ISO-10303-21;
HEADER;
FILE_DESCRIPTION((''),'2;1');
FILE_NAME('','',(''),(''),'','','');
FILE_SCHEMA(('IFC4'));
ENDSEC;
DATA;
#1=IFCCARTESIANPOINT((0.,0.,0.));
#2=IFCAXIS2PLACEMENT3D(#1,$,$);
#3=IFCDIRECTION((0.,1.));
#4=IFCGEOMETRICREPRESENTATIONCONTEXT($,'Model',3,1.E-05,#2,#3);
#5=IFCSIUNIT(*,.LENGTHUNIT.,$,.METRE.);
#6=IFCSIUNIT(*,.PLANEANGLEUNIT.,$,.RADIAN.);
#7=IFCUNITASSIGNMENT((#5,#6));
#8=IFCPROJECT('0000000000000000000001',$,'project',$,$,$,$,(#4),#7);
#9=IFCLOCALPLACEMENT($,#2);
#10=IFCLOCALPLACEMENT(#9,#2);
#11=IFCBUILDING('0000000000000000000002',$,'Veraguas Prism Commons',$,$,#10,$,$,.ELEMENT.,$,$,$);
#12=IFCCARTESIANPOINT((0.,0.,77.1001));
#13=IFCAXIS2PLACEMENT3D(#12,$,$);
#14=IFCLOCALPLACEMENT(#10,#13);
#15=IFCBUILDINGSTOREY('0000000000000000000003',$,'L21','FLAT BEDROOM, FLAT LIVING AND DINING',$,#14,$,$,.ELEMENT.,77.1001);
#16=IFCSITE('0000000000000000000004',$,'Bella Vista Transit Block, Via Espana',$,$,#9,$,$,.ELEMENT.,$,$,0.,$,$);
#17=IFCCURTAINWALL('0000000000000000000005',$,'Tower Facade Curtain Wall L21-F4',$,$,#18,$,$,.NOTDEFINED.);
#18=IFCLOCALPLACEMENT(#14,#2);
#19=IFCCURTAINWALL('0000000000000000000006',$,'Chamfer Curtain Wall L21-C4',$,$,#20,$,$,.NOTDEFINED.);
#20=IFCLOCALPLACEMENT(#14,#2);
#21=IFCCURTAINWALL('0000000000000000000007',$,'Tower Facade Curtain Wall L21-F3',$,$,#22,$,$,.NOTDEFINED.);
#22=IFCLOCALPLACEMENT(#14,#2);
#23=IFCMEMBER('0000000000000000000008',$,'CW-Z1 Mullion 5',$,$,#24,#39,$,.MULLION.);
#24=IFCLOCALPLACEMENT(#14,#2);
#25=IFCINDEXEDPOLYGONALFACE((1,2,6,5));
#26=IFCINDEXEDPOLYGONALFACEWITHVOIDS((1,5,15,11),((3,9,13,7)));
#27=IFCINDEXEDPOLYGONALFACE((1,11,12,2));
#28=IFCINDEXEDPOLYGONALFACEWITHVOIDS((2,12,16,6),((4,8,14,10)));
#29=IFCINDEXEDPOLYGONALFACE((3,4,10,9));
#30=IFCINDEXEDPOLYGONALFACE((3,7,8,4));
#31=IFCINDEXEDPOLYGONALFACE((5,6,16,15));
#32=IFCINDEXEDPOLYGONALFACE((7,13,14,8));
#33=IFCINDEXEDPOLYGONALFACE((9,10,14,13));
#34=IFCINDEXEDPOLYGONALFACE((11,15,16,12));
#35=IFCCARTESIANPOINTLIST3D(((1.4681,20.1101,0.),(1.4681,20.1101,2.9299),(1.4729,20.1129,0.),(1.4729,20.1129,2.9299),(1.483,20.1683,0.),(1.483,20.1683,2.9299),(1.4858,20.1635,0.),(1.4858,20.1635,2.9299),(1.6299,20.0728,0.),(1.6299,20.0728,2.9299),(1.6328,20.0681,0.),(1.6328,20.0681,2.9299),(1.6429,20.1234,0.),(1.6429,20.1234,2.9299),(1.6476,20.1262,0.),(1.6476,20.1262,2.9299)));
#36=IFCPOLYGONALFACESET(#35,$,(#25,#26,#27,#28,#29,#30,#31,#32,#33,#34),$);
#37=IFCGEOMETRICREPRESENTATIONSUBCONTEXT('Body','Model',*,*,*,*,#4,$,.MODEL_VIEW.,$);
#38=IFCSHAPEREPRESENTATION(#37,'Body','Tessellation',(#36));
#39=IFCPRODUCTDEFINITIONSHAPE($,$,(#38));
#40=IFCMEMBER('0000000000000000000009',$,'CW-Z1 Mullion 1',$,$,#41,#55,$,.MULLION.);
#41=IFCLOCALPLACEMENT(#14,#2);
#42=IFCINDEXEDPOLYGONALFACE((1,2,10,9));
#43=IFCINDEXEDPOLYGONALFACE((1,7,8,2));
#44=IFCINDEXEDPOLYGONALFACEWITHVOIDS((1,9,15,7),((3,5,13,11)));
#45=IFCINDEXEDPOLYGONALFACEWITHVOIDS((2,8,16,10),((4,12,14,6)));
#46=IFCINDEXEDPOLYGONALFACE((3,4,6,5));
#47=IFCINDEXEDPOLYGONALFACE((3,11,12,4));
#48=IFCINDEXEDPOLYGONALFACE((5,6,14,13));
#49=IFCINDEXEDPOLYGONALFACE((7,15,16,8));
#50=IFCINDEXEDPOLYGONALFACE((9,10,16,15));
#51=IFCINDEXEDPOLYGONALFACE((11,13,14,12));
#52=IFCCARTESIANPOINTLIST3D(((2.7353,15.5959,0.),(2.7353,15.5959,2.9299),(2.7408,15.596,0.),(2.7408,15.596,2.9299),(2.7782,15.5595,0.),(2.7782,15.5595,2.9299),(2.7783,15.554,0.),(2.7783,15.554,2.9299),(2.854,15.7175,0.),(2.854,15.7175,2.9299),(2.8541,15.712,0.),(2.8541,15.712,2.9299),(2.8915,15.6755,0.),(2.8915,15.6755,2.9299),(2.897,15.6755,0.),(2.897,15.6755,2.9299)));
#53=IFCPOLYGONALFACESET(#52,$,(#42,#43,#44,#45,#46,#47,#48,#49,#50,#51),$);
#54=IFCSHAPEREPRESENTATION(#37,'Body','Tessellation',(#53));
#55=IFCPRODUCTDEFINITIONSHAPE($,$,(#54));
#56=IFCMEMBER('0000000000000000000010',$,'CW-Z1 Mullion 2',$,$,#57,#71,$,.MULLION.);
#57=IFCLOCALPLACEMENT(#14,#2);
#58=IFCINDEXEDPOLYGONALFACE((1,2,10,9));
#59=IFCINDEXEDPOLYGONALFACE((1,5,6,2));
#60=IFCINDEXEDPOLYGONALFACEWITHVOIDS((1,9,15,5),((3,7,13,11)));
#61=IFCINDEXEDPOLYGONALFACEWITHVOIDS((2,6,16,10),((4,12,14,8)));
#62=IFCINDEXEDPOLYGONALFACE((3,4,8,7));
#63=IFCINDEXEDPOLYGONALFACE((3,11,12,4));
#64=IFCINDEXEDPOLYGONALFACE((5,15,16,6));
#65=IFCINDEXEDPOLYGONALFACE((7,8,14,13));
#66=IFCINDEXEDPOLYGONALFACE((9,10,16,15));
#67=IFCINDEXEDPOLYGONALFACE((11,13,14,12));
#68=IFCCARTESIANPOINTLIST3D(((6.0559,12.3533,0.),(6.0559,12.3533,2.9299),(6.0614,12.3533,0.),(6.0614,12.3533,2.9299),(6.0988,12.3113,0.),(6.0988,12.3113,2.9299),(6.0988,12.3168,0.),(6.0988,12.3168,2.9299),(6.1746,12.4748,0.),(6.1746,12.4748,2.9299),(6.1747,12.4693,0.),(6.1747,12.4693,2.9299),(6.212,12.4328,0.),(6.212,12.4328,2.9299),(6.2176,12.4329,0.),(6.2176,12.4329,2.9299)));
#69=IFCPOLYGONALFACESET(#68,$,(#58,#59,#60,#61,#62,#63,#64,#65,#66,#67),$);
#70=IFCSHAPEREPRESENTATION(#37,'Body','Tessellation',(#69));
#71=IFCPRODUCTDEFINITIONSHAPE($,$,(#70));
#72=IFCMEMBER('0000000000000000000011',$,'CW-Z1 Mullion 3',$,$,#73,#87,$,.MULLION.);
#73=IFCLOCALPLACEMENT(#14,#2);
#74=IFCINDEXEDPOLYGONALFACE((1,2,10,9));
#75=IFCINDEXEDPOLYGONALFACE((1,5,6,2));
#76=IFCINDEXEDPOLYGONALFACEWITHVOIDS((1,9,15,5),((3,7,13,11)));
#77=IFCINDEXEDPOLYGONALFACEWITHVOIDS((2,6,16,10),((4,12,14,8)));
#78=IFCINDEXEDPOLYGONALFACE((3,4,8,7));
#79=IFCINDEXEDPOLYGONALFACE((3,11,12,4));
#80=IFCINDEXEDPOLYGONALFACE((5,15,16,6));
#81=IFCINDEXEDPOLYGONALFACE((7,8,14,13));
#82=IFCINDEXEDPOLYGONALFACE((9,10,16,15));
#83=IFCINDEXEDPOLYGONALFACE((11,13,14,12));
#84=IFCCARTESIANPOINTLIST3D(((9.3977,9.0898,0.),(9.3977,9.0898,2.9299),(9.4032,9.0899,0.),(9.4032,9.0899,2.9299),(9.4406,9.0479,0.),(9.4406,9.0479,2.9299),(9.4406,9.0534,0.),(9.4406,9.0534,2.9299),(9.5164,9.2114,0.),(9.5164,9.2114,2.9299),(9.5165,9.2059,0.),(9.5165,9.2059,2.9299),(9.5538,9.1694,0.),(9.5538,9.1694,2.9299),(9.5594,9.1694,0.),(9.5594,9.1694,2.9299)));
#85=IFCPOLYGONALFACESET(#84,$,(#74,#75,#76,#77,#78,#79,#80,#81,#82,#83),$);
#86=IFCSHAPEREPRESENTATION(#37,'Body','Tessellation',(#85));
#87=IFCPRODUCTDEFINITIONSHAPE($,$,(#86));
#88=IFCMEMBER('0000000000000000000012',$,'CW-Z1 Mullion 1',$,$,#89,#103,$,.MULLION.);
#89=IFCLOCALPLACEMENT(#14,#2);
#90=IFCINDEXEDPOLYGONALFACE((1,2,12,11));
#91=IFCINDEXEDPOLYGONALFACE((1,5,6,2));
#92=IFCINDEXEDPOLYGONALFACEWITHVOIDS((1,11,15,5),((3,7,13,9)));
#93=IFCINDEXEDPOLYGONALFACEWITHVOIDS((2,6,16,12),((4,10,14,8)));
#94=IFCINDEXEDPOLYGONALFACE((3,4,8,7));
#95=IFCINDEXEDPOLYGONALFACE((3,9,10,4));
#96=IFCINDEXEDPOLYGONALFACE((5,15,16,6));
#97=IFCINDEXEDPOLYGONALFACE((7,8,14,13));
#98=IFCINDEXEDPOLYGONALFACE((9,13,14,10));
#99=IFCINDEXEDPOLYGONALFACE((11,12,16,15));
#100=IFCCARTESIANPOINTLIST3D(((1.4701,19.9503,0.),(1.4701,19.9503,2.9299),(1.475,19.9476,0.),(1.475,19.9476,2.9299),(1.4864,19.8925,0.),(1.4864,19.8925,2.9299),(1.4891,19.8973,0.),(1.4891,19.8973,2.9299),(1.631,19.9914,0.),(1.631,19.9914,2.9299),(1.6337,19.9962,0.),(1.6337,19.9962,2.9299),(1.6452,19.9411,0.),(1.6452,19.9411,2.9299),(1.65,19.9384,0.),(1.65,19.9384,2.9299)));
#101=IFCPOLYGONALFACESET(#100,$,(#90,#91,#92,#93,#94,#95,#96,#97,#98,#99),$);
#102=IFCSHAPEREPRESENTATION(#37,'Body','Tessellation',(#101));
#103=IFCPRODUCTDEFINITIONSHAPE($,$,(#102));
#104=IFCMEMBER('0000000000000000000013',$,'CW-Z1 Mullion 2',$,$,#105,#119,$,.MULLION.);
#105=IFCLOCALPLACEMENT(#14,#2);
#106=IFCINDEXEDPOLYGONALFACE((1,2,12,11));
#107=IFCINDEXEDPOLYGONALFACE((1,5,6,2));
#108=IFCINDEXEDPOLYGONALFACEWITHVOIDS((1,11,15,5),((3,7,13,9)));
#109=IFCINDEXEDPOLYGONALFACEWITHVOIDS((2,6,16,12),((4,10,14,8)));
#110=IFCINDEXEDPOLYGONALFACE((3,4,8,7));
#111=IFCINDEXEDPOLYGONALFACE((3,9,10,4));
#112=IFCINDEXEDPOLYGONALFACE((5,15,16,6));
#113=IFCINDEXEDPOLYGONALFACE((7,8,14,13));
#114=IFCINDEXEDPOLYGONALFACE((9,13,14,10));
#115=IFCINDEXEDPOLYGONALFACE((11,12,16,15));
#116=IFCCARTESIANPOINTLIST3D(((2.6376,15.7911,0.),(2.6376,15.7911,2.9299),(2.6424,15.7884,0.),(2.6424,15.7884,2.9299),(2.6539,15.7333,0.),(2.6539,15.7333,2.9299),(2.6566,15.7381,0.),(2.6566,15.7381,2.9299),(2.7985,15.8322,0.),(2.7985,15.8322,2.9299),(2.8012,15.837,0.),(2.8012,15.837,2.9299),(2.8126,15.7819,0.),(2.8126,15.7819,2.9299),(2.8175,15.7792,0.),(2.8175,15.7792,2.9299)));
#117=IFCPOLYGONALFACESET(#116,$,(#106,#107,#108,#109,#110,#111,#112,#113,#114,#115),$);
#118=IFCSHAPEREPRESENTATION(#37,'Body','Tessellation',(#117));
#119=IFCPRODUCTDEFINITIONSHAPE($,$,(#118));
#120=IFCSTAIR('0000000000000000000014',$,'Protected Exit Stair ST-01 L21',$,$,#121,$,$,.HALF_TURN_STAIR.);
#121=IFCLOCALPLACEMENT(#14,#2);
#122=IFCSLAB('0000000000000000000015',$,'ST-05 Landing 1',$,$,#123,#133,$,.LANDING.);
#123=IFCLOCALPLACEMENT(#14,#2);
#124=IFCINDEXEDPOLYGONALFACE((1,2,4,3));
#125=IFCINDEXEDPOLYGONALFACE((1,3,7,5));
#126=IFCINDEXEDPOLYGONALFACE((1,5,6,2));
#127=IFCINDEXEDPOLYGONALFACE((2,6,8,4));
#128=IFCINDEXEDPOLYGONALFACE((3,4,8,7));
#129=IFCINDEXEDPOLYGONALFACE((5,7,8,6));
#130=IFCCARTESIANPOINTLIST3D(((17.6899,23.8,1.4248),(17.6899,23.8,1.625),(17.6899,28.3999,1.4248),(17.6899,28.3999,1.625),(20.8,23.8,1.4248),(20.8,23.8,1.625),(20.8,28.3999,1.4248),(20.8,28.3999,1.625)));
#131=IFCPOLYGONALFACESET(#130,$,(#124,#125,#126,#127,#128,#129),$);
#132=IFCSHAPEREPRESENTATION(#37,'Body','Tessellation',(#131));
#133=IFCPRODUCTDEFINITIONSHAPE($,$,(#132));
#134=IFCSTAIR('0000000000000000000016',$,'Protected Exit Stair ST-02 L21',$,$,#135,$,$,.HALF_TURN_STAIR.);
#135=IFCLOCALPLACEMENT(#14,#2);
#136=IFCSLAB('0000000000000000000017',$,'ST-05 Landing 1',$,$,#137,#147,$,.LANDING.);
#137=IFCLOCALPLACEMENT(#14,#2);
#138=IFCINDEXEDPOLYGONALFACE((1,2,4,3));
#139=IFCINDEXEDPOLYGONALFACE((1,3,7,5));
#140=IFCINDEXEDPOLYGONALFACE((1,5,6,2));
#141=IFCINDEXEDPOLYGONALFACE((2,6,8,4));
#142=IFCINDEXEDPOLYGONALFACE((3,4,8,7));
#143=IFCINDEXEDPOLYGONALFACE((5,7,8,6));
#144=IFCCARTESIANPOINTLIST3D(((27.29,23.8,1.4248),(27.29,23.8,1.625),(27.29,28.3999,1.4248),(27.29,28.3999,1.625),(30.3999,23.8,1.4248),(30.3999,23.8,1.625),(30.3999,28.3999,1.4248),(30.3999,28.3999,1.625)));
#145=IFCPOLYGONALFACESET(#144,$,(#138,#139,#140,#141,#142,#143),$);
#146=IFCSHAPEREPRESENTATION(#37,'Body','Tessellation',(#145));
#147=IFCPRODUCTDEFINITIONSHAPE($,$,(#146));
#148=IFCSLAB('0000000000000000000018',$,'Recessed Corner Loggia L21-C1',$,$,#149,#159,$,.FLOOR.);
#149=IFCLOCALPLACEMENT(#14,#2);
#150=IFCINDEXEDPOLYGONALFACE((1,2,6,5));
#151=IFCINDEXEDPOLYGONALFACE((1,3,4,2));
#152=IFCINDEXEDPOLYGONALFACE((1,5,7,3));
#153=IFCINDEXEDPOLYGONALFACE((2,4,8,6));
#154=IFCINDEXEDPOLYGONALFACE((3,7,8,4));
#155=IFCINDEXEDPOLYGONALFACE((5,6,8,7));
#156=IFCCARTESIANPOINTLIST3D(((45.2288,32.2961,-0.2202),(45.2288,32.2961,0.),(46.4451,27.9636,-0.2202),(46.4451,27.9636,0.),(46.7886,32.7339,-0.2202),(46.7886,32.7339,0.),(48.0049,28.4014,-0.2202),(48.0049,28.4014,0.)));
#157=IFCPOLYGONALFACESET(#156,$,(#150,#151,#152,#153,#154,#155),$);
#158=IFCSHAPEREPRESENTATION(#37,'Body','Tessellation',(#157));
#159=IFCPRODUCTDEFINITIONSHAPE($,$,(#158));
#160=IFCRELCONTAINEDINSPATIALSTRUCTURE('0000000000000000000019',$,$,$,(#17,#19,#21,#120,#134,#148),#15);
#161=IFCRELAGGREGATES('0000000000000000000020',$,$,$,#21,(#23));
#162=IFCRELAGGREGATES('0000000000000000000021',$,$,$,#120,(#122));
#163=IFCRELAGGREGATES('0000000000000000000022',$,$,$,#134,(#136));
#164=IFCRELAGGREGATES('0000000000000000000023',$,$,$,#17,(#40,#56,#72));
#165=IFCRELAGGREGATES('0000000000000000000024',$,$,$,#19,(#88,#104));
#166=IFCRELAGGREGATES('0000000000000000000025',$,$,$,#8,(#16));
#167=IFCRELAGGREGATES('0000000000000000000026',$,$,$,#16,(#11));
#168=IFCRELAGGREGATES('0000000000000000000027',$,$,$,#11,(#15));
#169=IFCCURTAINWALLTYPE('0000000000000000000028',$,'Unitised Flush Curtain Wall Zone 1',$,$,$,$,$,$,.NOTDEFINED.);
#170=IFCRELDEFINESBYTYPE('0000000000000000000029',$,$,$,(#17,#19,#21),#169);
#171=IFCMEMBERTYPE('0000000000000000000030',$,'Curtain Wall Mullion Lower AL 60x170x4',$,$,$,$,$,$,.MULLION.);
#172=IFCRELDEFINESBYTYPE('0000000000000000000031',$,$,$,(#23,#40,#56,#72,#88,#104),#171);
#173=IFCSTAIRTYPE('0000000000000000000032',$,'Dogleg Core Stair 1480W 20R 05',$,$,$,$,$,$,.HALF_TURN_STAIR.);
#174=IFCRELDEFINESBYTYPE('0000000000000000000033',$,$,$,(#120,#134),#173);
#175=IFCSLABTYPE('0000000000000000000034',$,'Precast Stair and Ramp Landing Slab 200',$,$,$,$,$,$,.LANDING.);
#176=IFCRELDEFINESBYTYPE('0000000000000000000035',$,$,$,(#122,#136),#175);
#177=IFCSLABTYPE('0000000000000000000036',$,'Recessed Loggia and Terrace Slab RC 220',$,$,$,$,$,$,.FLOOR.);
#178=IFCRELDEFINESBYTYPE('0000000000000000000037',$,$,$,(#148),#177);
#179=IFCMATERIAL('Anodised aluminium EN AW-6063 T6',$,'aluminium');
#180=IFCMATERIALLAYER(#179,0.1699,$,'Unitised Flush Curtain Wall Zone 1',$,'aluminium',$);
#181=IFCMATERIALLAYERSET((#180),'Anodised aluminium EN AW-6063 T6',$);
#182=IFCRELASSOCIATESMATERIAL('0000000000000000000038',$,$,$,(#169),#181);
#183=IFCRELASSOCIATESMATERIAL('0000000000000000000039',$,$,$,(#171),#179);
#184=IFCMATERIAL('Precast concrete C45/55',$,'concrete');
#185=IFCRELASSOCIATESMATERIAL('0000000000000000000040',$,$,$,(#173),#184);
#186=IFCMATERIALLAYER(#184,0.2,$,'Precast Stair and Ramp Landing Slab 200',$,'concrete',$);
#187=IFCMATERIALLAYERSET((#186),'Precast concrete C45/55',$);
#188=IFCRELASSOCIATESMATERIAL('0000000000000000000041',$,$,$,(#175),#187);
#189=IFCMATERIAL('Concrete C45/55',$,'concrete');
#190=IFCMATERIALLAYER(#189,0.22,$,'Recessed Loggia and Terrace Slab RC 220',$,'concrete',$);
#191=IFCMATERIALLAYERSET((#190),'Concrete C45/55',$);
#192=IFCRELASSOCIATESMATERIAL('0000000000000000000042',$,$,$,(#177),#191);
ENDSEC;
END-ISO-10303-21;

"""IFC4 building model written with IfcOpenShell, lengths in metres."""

from ifc_helpers import new_model, si_unit, direction, frame, origin, origin_2d, place, context, subcontext, project, spatial, polyline, hollow_rectangle, outline, extrude, source, transform, mapped, material, layer, layer_set, material_profile, profile_set, type_object, element, aggregate, save


model = new_model("IFC4")

# Units and contexts
model_context = context("Model", 3, precision=1e-05, world=origin(), true_north=direction((0.0, 1.0)))
body_context = subcontext(model_context, "Body", "Model", "MODEL_VIEW")
ifc_project = project(units=[si_unit("LENGTHUNIT", "METRE"), si_unit("PLANEANGLEUNIT", "RADIAN")], contexts=[model_context])

# Site, building, storey
site_placement = place(None, origin())
site = spatial("IfcSite", under=ifc_project, at=site_placement, Name="Bella Vista Transit Block, Via Espana", CompositionType="ELEMENT", RefElevation=0.0)
building_placement = place(site_placement, origin())
building = spatial("IfcBuilding", under=site, at=building_placement, Name="Veraguas Prism Commons", CompositionType="ELEMENT")
storey_placement = place(building_placement, frame((0.0, 0.0, 77.1001)))
storey = spatial("IfcBuildingStorey", under=building, at=storey_placement, Name="L21", Description="FLAT BEDROOM, FLAT LIVING AND DINING", CompositionType="ELEMENT", Elevation=77.1001)

# Curtain walls
ifc_material_1 = material(Name="Anodised aluminium EN AW-6063 T6", Category="aluminium")
ifc_layer_1 = layer(ifc_material_1, 0.1699, Name="Unitised Flush Curtain Wall Zone 1", Category="aluminium")
ifc_layer_set_1 = layer_set([ifc_layer_1], Name="Anodised aluminium EN AW-6063 T6")
curtain_wall_type = type_object("IfcCurtainWallType", Name="Unitised Flush Curtain Wall Zone 1", PredefinedType="NOTDEFINED", material=ifc_layer_set_1)
curtain_wall_1_placement = place(storey_placement, origin())
curtain_wall_1 = element("IfcCurtainWall", 1, at=curtain_wall_1_placement, inside=storey, type_object=curtain_wall_type, Name="Tower Facade Curtain Wall L21-F4", PredefinedType="NOTDEFINED")
curtain_wall_2_placement = place(storey_placement, origin())
curtain_wall_2 = element("IfcCurtainWall", 2, at=curtain_wall_2_placement, inside=storey, type_object=curtain_wall_type, Name="Chamfer Curtain Wall L21-C4", PredefinedType="NOTDEFINED")

# Curtain wall, member
curtain_wall_3_placement = place(storey_placement, origin())
curtain_wall_3 = element("IfcCurtainWall", 3, at=curtain_wall_3_placement, inside=storey, type_object=curtain_wall_type, Name="Tower Facade Curtain Wall L21-F3", PredefinedType="NOTDEFINED")
ifc_material_profile_1 = material_profile(ifc_material_1, hollow_rectangle(XDim=0.0601, YDim=0.1699, WallThickness=0.0039, at=origin_2d()), Name="AL60X170X4")
ifc_profile_set_1 = profile_set([ifc_material_profile_1], Name="Anodised aluminium EN AW-6063 T6")
member_type_1 = type_object("IfcMemberType", Name="Curtain Wall Mullion Lower AL 60x170x4", PredefinedType="MULLION", material=ifc_profile_set_1)
shared_shape_1 = source(origin(), body_context, "Body", "SweptSolid", [
    extrude(hollow_rectangle(XDim=0.0601, YDim=0.1699, WallThickness=0.0039, at=origin_2d()), origin(), (0.0, 0.0, 1.0), 2.9299),
])
member_1_placement = place(storey_placement, frame((1.5579, 20.1182, 0.0), z_axis=(0.0, 0.0, 1.0), x_axis=(-0.247341, -0.968929, 0.0)))
member_1 = element("IfcMember", 4, at=member_1_placement, type_object=member_type_1, Name="CW-Z1 Mullion 5", PredefinedType="MULLION", context=body_context, shape_type="MappedRepresentation", body=[
    mapped(shared_shape_1, transform((0.0, 0.0, 0.0), scale=1.0)),
])
aggregate(curtain_wall_3, [member_1])

# Members
member_2_placement = place(storey_placement, frame((2.8162, 15.6357, 0.0), z_axis=(0.0, 0.0, 1.0), x_axis=(0.715449, -0.698665, 0.0)))
member_2 = element("IfcMember", 5, at=member_2_placement, type_object=member_type_1, Name="CW-Z1 Mullion 1", PredefinedType="MULLION", context=body_context, shape_type="MappedRepresentation", body=[
    mapped(shared_shape_1, transform((0.0, 0.0, 0.0), scale=1.0)),
])
member_3_placement = place(storey_placement, frame((6.1367, 12.3931, 0.0), z_axis=(0.0, 0.0, 1.0), x_axis=(0.715449, -0.698665, 0.0)))
member_3 = element("IfcMember", 6, at=member_3_placement, type_object=member_type_1, Name="CW-Z1 Mullion 2", PredefinedType="MULLION", context=body_context, shape_type="MappedRepresentation", body=[
    mapped(shared_shape_1, transform((0.0, 0.0, 0.0), scale=1.0)),
])
member_4_placement = place(storey_placement, frame((9.4785, 9.1296, 0.0), z_axis=(0.0, 0.0, 1.0), x_axis=(0.715449, -0.698665, 0.0)))
member_4 = element("IfcMember", 7, at=member_4_placement, type_object=member_type_1, Name="CW-Z1 Mullion 3", PredefinedType="MULLION", context=body_context, shape_type="MappedRepresentation", body=[
    mapped(shared_shape_1, transform((0.0, 0.0, 0.0), scale=1.0)),
])
member_5_placement = place(storey_placement, frame((1.5601, 19.9443, 0.0), z_axis=(0.0, 0.0, 1.0), x_axis=(0.27028, -0.962782, 0.0)))
member_5 = element("IfcMember", 8, at=member_5_placement, type_object=member_type_1, Name="CW-Z1 Mullion 1", PredefinedType="MULLION", context=body_context, shape_type="MappedRepresentation", body=[
    mapped(shared_shape_1, transform((0.0, 0.0, 0.0), scale=1.0)),
])
member_6_placement = place(storey_placement, frame((2.7275, 15.7852, 0.0), z_axis=(0.0, 0.0, 1.0), x_axis=(0.27028, -0.962782, 0.0)))
member_6 = element("IfcMember", 9, at=member_6_placement, type_object=member_type_1, Name="CW-Z1 Mullion 2", PredefinedType="MULLION", context=body_context, shape_type="MappedRepresentation", body=[
    mapped(shared_shape_1, transform((0.0, 0.0, 0.0), scale=1.0)),
])

# Stairs, slabs
ifc_material_2 = material(Name="Precast concrete C45/55", Category="concrete")
stair_type = type_object("IfcStairType", Name="Dogleg Core Stair 1480W 20R 05", PredefinedType="HALF_TURN_STAIR", material=ifc_material_2)
stair_1_placement = place(storey_placement, origin())
stair_1 = element("IfcStair", 10, at=stair_1_placement, inside=storey, type_object=stair_type, Name="Protected Exit Stair ST-01 L21", PredefinedType="HALF_TURN_STAIR")
ifc_layer_2 = layer(ifc_material_2, 0.2, Name="Precast Stair and Ramp Landing Slab 200", Category="concrete")
ifc_layer_set_2 = layer_set([ifc_layer_2], Name="Precast concrete C45/55")
slab_type_1 = type_object("IfcSlabType", Name="Precast Stair and Ramp Landing Slab 200", PredefinedType="LANDING", material=ifc_layer_set_2)
slab_1_placement = place(storey_placement, frame((0.0, 0.0, 1.4248)))
slab_1 = element("IfcSlab", 11, at=slab_1_placement, type_object=slab_type_1, Name="ST-05 Landing 1", PredefinedType="LANDING", context=body_context, shape_type="SweptSolid", body=[
    extrude(outline(polyline([(20.8, 23.8), (20.8, 28.3999), (17.6899, 28.3999), (17.6899, 23.8), (20.8, 23.8)])), origin(), (0.0, 0.0, 1.0), 0.2002),
])
aggregate(stair_1, [slab_1])
stair_2_placement = place(storey_placement, origin())
stair_2 = element("IfcStair", 12, at=stair_2_placement, inside=storey, type_object=stair_type, Name="Protected Exit Stair ST-02 L21", PredefinedType="HALF_TURN_STAIR")
slab_2_placement = place(storey_placement, frame((0.0, 0.0, 1.4248)))
slab_2 = element("IfcSlab", 13, at=slab_2_placement, type_object=slab_type_1, Name="ST-05 Landing 1", PredefinedType="LANDING", context=body_context, shape_type="SweptSolid", body=[
    extrude(outline(polyline([(30.3999, 23.8), (30.3999, 28.3999), (27.29, 28.3999), (27.29, 23.8), (30.3999, 23.8)])), origin(), (0.0, 0.0, 1.0), 0.2002),
])
aggregate(stair_2, [slab_2])

# Slab
ifc_material_3 = material(Name="Concrete C45/55", Category="concrete")
ifc_layer_3 = layer(ifc_material_3, 0.22, Name="Recessed Loggia and Terrace Slab RC 220", Category="concrete")
ifc_layer_set_3 = layer_set([ifc_layer_3], Name="Concrete C45/55")
slab_type_2 = type_object("IfcSlabType", Name="Recessed Loggia and Terrace Slab RC 220", PredefinedType="FLOOR", material=ifc_layer_set_3)
slab_3_placement = place(storey_placement, frame((0.0, 0.0, -0.2202)))
element("IfcSlab", 14, at=slab_3_placement, inside=storey, type_object=slab_type_2, Name="Recessed Corner Loggia L21-C1", PredefinedType="FLOOR", context=body_context, shape_type="SweptSolid", body=[
    extrude(outline(polyline([(46.4451, 27.9636), (48.0049, 28.4014), (46.7886, 32.7339), (45.2288, 32.2961), (46.4451, 27.9636)])), origin(), (0.0, 0.0, 1.0), 0.2202),
])

aggregate(curtain_wall_1, [member_2, member_3, member_4])
aggregate(curtain_wall_2, [member_5, member_6])

save(model, "model.ifc")
